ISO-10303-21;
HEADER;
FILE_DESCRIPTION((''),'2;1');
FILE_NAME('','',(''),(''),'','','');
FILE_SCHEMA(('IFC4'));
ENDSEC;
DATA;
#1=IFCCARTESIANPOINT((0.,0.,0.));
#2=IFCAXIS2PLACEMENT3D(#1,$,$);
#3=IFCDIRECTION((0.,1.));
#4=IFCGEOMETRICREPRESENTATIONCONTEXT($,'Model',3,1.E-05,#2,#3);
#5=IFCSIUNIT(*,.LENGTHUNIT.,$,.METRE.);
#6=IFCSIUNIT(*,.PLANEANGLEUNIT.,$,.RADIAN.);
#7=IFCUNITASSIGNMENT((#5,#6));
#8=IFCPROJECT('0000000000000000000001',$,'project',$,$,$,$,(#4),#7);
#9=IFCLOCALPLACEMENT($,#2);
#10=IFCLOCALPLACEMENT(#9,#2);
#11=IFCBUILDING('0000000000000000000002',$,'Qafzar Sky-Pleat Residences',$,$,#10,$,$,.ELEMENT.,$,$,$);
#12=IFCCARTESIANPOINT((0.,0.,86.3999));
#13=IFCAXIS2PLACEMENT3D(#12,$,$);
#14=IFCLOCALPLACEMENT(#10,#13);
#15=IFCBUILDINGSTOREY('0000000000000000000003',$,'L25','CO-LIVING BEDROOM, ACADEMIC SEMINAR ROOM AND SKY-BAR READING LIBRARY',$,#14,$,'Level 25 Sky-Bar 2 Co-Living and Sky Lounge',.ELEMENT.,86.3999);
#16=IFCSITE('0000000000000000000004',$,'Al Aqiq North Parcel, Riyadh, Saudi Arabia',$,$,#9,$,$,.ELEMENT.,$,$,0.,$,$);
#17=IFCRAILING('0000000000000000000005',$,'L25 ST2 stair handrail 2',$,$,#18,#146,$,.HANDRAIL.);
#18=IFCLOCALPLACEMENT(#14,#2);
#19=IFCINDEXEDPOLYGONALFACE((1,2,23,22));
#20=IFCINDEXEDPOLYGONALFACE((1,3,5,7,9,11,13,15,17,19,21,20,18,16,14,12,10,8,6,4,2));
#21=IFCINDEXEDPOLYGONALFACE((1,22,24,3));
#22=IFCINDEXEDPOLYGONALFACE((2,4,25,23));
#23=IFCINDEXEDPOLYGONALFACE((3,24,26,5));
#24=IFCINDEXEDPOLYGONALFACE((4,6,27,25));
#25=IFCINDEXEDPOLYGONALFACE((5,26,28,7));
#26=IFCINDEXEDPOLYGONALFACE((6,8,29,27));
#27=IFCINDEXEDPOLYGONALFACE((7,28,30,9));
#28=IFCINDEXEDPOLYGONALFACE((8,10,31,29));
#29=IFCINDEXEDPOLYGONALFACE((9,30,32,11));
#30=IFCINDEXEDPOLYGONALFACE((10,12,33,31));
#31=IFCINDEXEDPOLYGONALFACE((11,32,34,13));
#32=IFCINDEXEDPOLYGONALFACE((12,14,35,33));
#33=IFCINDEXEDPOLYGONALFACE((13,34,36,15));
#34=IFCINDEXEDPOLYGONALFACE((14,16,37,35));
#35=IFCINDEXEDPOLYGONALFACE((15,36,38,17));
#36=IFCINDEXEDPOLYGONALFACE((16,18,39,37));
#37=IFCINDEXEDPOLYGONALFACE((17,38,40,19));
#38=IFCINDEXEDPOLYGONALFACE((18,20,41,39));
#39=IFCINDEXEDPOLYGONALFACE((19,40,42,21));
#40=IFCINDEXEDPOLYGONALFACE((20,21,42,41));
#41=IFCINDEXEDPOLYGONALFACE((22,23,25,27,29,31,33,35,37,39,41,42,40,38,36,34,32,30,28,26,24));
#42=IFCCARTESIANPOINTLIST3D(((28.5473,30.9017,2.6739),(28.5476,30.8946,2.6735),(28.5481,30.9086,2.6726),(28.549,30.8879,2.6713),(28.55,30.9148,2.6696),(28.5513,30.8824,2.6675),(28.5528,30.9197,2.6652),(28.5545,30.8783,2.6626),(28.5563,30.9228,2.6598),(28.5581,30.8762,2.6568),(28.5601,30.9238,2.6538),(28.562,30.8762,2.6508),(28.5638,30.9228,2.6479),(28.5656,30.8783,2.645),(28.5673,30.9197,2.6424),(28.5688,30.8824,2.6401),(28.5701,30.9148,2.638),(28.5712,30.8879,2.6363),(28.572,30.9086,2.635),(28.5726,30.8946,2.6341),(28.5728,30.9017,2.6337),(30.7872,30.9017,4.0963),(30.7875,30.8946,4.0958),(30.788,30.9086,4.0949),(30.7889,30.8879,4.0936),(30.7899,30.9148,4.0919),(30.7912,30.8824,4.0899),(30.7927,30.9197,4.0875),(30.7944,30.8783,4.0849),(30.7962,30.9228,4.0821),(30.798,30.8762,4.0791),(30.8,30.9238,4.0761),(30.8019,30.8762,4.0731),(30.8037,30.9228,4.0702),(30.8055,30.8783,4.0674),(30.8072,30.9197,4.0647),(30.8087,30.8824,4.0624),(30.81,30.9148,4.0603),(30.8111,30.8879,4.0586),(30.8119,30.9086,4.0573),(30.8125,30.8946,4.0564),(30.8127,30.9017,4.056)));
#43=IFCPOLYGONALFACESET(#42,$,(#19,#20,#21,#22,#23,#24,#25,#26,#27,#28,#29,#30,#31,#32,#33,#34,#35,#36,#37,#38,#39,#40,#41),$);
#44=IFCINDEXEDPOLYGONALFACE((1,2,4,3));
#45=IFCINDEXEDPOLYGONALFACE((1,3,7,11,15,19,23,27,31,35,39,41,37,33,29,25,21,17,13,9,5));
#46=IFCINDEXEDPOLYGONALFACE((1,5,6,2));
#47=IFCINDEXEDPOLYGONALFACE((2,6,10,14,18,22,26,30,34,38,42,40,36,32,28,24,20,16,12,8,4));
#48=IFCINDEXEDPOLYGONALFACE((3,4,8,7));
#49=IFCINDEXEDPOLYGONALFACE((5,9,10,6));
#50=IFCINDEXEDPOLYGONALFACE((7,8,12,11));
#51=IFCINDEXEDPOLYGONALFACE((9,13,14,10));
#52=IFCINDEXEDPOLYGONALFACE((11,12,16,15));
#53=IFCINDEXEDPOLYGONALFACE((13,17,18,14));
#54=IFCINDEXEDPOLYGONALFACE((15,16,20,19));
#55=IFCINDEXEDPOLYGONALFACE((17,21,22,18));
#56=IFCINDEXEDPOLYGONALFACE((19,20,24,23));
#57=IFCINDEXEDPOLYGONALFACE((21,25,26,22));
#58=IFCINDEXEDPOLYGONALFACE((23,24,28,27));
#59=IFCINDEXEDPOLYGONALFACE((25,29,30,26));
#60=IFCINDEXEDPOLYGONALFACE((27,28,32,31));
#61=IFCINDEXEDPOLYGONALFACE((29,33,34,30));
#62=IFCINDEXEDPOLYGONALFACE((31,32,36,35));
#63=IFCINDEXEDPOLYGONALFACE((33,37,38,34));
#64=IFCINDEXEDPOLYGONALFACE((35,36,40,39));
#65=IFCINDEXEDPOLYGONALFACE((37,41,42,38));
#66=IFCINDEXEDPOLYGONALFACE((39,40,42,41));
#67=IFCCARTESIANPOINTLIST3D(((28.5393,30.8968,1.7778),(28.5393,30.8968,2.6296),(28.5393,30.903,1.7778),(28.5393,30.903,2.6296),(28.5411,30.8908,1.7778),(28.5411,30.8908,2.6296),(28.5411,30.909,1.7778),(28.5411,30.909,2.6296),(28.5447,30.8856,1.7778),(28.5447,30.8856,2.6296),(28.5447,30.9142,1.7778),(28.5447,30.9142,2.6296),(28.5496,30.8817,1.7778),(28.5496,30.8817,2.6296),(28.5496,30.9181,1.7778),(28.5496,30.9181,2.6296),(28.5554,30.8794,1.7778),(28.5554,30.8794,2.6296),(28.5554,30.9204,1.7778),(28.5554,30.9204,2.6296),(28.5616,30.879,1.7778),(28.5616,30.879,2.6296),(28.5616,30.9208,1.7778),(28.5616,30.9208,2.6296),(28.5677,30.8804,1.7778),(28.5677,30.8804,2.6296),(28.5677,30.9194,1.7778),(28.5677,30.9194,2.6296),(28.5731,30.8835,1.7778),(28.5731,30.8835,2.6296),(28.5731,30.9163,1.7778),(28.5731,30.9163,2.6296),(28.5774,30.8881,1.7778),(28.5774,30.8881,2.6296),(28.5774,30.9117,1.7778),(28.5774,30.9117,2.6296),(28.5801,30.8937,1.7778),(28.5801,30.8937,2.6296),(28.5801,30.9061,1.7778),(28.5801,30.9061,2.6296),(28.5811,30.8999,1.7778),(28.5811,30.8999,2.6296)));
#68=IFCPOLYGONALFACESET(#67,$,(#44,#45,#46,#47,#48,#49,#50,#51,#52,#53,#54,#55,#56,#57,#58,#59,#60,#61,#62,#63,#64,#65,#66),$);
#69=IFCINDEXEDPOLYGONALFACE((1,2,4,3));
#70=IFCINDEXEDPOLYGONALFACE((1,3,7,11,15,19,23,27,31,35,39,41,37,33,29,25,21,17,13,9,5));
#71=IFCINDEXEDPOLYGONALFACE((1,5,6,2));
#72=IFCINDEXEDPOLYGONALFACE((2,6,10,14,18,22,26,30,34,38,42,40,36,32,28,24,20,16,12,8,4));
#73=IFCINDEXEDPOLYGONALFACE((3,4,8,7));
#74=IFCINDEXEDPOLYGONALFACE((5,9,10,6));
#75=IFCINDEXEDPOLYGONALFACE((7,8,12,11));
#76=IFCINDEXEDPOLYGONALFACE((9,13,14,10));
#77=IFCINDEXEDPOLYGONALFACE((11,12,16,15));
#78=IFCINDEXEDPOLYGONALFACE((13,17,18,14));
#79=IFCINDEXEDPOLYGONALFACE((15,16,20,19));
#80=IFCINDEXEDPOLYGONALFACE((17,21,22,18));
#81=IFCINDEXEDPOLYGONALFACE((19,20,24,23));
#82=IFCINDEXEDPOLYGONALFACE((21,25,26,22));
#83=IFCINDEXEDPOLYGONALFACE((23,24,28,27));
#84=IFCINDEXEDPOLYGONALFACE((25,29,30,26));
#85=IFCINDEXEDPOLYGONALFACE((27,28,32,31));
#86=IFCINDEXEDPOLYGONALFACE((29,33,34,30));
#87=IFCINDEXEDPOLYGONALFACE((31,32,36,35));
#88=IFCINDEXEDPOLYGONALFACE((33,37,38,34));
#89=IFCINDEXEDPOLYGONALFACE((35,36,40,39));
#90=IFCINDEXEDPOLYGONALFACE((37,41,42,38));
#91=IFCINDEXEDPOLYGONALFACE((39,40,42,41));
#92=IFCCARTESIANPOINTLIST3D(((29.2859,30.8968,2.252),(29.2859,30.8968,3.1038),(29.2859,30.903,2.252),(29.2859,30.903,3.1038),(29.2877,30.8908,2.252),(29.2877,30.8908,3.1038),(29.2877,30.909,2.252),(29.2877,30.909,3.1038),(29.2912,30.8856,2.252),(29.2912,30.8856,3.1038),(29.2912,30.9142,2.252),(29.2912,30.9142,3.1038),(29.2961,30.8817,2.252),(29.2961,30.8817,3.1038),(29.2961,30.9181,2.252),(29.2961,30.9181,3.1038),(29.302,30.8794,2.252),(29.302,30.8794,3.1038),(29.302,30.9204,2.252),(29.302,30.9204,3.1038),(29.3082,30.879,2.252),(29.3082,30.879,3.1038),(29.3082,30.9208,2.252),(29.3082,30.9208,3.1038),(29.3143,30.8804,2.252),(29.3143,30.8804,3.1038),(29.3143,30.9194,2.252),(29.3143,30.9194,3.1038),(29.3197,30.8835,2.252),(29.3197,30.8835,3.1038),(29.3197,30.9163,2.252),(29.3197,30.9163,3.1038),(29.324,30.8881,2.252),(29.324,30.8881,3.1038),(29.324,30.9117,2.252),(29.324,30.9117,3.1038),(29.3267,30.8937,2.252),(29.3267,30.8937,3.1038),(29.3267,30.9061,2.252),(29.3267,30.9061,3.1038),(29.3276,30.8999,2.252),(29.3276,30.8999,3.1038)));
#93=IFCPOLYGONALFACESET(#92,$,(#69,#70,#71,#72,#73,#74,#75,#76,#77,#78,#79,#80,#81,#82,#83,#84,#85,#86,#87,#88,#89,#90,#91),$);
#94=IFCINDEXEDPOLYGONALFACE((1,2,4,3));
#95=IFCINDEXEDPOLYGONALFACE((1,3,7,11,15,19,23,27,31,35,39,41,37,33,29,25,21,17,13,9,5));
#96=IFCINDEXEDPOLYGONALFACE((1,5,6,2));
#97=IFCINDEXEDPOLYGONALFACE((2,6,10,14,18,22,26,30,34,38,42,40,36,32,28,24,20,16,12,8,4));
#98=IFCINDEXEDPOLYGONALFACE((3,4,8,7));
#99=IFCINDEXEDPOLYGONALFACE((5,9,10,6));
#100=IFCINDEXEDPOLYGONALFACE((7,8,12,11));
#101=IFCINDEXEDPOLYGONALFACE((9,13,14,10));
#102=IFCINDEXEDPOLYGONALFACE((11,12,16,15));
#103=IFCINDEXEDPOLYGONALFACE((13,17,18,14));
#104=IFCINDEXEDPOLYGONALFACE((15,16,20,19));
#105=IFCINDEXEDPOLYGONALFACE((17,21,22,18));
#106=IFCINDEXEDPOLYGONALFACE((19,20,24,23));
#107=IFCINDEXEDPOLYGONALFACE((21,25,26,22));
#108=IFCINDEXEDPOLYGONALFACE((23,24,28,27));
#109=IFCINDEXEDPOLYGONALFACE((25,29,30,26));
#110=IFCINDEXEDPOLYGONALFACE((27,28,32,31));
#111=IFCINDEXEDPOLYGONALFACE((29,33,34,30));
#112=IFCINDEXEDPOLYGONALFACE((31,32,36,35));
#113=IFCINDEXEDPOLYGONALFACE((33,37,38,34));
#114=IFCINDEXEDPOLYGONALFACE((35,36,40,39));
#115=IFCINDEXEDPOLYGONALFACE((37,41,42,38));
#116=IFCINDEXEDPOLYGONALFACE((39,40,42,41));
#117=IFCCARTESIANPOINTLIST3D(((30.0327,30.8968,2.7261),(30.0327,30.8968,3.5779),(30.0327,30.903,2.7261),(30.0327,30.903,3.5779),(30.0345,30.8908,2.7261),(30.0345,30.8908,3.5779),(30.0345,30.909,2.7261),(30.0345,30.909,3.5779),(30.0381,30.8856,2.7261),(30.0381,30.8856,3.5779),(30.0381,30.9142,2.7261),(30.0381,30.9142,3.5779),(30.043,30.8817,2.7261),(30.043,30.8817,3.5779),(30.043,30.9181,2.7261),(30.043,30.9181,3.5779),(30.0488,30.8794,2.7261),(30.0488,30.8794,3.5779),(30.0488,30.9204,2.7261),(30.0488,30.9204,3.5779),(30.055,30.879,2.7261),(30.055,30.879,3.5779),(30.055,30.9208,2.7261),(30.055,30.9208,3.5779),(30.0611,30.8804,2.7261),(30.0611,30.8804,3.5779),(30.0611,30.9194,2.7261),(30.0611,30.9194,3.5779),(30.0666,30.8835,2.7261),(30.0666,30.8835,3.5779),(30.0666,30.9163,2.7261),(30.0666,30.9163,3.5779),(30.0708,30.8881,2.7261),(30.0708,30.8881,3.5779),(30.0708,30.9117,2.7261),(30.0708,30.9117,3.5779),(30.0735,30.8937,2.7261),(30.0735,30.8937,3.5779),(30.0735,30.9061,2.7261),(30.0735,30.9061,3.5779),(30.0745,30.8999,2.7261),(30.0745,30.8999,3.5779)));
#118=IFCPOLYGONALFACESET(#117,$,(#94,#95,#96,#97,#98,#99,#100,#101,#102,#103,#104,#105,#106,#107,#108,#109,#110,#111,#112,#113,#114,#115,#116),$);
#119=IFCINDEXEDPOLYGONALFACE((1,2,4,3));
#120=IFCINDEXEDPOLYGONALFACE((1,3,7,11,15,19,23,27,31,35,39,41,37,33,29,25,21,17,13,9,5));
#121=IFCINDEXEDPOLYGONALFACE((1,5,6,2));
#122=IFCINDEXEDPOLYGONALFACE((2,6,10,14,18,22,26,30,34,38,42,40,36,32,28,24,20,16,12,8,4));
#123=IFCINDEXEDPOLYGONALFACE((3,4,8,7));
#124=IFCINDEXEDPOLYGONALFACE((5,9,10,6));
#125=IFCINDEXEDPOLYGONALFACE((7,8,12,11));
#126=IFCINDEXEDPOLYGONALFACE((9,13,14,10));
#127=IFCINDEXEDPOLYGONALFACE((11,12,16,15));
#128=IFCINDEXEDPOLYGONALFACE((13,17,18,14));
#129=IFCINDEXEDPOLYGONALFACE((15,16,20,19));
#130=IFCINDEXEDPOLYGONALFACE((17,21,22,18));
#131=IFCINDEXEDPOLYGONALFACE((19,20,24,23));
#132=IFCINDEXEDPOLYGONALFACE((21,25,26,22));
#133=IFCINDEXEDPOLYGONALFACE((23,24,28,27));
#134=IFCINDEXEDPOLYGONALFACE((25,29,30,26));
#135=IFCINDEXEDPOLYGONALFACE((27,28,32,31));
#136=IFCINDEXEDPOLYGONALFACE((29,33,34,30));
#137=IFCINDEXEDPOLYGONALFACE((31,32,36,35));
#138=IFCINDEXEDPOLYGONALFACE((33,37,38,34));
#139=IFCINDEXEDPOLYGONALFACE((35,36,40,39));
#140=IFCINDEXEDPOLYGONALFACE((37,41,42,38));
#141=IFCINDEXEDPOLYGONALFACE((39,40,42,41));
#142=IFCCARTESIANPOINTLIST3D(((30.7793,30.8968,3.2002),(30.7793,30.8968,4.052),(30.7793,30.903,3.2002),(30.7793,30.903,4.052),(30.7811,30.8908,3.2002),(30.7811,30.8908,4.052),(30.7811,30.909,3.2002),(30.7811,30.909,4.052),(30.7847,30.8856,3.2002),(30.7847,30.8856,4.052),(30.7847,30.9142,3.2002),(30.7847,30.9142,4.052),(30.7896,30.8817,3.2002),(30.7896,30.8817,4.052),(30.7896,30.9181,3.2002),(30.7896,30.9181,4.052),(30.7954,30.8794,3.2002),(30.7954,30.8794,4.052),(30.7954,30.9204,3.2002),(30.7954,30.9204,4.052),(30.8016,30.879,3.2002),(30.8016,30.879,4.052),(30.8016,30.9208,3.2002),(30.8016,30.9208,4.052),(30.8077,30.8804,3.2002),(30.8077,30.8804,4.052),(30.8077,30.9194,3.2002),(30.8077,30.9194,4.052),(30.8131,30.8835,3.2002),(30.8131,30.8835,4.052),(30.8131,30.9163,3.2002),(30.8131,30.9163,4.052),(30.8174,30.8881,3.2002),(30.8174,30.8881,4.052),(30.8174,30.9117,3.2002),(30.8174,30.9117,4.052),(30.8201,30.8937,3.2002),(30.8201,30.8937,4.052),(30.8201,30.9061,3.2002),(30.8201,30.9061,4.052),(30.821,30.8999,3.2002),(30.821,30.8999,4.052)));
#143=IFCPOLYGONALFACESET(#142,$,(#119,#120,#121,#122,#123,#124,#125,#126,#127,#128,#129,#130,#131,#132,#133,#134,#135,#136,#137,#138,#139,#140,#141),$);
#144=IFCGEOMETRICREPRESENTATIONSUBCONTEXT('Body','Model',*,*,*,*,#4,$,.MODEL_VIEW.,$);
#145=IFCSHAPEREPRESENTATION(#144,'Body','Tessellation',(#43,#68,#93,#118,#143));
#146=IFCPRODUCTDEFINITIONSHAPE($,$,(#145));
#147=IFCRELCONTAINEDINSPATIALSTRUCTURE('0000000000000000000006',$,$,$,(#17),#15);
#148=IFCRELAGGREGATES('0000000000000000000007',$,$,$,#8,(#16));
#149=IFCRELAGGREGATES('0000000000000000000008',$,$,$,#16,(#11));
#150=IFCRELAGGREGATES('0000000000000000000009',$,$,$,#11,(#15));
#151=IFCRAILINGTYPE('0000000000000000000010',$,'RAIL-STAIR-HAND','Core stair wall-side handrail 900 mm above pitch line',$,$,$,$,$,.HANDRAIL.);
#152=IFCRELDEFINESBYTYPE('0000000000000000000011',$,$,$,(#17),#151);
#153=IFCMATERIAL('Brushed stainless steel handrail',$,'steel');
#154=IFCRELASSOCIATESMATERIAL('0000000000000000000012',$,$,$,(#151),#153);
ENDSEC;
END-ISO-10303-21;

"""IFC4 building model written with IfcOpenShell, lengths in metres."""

from ifc_helpers import new_model, si_unit, direction, frame, origin, origin_2d, place, context, subcontext, project, spatial, circle, extrude, source, transform, mapped, material, type_object, element, save


model = new_model("IFC4")

# Units and contexts
model_context = context("Model", 3, precision=1e-05, world=origin(), true_north=direction((0.0, 1.0)))
body_context = subcontext(model_context, "Body", "Model", "MODEL_VIEW")
ifc_project = project(units=[si_unit("LENGTHUNIT", "METRE"), si_unit("PLANEANGLEUNIT", "RADIAN")], contexts=[model_context])

# Site, building, storey
site_placement = place(None, origin())
site = spatial("IfcSite", under=ifc_project, at=site_placement, Name="Al Aqiq North Parcel, Riyadh, Saudi Arabia", CompositionType="ELEMENT", RefElevation=0.0)
building_placement = place(site_placement, origin())
building = spatial("IfcBuilding", under=site, at=building_placement, Name="Qafzar Sky-Pleat Residences", CompositionType="ELEMENT")
storey_placement = place(building_placement, frame((0.0, 0.0, 86.3999)))
storey = spatial("IfcBuildingStorey", under=building, at=storey_placement, Name="L25", Description="CO-LIVING BEDROOM, ACADEMIC SEMINAR ROOM AND SKY-BAR READING LIBRARY", LongName="Level 25 Sky-Bar 2 Co-Living and Sky Lounge", CompositionType="ELEMENT", Elevation=86.3999)

# Railing
ifc_material_1 = material(Name="Brushed stainless steel handrail", Category="steel")
railing_type_1 = type_object("IfcRailingType", Name="RAIL-STAIR-HAND", Description="Core stair wall-side handrail 900 mm above pitch line", PredefinedType="HANDRAIL", material=ifc_material_1)
shared_shape_1 = source(origin(), body_context, "Body", "SweptSolid", [
    extrude(circle(Radius=0.0239, at=origin_2d()), frame((0.0, 0.0, 0.876), z_axis=(0.844188, 0.0, 0.536048), x_axis=(0.0, 1.0, 0.0)), (0.0, 0.0, 1.0), 2.6533),
    extrude(circle(Radius=0.021, at=origin_2d()), origin(), (0.0, 0.0, 1.0), 0.8518),
    extrude(circle(Radius=0.021, at=origin_2d()), frame((0.7466, 0.0, 0.4741)), (0.0, 0.0, 1.0), 0.8518),
    extrude(circle(Radius=0.021, at=origin_2d()), frame((1.4934, 0.0, 0.9482)), (0.0, 0.0, 1.0), 0.8518),
    extrude(circle(Radius=0.021, at=origin_2d()), frame((2.24, 0.0, 1.4224)), (0.0, 0.0, 1.0), 0.8518),
])
railing_1_placement = place(storey_placement, frame((28.5601, 30.8999, 1.7778)))
element("IfcRailing", 1, at=railing_1_placement, inside=storey, type_object=railing_type_1, Name="L25 ST2 stair handrail 2", PredefinedType="HANDRAIL", context=body_context, shape_type="MappedRepresentation", body=[
    mapped(shared_shape_1, transform((0.0, 0.0, 0.0), x_axis=(1.0, 0.0, 0.0), y_axis=(0.0, 1.0, 0.0), z_axis=(0.0, 0.0, 1.0), scale=1.0)),
])

save(model, "model.ifc")
